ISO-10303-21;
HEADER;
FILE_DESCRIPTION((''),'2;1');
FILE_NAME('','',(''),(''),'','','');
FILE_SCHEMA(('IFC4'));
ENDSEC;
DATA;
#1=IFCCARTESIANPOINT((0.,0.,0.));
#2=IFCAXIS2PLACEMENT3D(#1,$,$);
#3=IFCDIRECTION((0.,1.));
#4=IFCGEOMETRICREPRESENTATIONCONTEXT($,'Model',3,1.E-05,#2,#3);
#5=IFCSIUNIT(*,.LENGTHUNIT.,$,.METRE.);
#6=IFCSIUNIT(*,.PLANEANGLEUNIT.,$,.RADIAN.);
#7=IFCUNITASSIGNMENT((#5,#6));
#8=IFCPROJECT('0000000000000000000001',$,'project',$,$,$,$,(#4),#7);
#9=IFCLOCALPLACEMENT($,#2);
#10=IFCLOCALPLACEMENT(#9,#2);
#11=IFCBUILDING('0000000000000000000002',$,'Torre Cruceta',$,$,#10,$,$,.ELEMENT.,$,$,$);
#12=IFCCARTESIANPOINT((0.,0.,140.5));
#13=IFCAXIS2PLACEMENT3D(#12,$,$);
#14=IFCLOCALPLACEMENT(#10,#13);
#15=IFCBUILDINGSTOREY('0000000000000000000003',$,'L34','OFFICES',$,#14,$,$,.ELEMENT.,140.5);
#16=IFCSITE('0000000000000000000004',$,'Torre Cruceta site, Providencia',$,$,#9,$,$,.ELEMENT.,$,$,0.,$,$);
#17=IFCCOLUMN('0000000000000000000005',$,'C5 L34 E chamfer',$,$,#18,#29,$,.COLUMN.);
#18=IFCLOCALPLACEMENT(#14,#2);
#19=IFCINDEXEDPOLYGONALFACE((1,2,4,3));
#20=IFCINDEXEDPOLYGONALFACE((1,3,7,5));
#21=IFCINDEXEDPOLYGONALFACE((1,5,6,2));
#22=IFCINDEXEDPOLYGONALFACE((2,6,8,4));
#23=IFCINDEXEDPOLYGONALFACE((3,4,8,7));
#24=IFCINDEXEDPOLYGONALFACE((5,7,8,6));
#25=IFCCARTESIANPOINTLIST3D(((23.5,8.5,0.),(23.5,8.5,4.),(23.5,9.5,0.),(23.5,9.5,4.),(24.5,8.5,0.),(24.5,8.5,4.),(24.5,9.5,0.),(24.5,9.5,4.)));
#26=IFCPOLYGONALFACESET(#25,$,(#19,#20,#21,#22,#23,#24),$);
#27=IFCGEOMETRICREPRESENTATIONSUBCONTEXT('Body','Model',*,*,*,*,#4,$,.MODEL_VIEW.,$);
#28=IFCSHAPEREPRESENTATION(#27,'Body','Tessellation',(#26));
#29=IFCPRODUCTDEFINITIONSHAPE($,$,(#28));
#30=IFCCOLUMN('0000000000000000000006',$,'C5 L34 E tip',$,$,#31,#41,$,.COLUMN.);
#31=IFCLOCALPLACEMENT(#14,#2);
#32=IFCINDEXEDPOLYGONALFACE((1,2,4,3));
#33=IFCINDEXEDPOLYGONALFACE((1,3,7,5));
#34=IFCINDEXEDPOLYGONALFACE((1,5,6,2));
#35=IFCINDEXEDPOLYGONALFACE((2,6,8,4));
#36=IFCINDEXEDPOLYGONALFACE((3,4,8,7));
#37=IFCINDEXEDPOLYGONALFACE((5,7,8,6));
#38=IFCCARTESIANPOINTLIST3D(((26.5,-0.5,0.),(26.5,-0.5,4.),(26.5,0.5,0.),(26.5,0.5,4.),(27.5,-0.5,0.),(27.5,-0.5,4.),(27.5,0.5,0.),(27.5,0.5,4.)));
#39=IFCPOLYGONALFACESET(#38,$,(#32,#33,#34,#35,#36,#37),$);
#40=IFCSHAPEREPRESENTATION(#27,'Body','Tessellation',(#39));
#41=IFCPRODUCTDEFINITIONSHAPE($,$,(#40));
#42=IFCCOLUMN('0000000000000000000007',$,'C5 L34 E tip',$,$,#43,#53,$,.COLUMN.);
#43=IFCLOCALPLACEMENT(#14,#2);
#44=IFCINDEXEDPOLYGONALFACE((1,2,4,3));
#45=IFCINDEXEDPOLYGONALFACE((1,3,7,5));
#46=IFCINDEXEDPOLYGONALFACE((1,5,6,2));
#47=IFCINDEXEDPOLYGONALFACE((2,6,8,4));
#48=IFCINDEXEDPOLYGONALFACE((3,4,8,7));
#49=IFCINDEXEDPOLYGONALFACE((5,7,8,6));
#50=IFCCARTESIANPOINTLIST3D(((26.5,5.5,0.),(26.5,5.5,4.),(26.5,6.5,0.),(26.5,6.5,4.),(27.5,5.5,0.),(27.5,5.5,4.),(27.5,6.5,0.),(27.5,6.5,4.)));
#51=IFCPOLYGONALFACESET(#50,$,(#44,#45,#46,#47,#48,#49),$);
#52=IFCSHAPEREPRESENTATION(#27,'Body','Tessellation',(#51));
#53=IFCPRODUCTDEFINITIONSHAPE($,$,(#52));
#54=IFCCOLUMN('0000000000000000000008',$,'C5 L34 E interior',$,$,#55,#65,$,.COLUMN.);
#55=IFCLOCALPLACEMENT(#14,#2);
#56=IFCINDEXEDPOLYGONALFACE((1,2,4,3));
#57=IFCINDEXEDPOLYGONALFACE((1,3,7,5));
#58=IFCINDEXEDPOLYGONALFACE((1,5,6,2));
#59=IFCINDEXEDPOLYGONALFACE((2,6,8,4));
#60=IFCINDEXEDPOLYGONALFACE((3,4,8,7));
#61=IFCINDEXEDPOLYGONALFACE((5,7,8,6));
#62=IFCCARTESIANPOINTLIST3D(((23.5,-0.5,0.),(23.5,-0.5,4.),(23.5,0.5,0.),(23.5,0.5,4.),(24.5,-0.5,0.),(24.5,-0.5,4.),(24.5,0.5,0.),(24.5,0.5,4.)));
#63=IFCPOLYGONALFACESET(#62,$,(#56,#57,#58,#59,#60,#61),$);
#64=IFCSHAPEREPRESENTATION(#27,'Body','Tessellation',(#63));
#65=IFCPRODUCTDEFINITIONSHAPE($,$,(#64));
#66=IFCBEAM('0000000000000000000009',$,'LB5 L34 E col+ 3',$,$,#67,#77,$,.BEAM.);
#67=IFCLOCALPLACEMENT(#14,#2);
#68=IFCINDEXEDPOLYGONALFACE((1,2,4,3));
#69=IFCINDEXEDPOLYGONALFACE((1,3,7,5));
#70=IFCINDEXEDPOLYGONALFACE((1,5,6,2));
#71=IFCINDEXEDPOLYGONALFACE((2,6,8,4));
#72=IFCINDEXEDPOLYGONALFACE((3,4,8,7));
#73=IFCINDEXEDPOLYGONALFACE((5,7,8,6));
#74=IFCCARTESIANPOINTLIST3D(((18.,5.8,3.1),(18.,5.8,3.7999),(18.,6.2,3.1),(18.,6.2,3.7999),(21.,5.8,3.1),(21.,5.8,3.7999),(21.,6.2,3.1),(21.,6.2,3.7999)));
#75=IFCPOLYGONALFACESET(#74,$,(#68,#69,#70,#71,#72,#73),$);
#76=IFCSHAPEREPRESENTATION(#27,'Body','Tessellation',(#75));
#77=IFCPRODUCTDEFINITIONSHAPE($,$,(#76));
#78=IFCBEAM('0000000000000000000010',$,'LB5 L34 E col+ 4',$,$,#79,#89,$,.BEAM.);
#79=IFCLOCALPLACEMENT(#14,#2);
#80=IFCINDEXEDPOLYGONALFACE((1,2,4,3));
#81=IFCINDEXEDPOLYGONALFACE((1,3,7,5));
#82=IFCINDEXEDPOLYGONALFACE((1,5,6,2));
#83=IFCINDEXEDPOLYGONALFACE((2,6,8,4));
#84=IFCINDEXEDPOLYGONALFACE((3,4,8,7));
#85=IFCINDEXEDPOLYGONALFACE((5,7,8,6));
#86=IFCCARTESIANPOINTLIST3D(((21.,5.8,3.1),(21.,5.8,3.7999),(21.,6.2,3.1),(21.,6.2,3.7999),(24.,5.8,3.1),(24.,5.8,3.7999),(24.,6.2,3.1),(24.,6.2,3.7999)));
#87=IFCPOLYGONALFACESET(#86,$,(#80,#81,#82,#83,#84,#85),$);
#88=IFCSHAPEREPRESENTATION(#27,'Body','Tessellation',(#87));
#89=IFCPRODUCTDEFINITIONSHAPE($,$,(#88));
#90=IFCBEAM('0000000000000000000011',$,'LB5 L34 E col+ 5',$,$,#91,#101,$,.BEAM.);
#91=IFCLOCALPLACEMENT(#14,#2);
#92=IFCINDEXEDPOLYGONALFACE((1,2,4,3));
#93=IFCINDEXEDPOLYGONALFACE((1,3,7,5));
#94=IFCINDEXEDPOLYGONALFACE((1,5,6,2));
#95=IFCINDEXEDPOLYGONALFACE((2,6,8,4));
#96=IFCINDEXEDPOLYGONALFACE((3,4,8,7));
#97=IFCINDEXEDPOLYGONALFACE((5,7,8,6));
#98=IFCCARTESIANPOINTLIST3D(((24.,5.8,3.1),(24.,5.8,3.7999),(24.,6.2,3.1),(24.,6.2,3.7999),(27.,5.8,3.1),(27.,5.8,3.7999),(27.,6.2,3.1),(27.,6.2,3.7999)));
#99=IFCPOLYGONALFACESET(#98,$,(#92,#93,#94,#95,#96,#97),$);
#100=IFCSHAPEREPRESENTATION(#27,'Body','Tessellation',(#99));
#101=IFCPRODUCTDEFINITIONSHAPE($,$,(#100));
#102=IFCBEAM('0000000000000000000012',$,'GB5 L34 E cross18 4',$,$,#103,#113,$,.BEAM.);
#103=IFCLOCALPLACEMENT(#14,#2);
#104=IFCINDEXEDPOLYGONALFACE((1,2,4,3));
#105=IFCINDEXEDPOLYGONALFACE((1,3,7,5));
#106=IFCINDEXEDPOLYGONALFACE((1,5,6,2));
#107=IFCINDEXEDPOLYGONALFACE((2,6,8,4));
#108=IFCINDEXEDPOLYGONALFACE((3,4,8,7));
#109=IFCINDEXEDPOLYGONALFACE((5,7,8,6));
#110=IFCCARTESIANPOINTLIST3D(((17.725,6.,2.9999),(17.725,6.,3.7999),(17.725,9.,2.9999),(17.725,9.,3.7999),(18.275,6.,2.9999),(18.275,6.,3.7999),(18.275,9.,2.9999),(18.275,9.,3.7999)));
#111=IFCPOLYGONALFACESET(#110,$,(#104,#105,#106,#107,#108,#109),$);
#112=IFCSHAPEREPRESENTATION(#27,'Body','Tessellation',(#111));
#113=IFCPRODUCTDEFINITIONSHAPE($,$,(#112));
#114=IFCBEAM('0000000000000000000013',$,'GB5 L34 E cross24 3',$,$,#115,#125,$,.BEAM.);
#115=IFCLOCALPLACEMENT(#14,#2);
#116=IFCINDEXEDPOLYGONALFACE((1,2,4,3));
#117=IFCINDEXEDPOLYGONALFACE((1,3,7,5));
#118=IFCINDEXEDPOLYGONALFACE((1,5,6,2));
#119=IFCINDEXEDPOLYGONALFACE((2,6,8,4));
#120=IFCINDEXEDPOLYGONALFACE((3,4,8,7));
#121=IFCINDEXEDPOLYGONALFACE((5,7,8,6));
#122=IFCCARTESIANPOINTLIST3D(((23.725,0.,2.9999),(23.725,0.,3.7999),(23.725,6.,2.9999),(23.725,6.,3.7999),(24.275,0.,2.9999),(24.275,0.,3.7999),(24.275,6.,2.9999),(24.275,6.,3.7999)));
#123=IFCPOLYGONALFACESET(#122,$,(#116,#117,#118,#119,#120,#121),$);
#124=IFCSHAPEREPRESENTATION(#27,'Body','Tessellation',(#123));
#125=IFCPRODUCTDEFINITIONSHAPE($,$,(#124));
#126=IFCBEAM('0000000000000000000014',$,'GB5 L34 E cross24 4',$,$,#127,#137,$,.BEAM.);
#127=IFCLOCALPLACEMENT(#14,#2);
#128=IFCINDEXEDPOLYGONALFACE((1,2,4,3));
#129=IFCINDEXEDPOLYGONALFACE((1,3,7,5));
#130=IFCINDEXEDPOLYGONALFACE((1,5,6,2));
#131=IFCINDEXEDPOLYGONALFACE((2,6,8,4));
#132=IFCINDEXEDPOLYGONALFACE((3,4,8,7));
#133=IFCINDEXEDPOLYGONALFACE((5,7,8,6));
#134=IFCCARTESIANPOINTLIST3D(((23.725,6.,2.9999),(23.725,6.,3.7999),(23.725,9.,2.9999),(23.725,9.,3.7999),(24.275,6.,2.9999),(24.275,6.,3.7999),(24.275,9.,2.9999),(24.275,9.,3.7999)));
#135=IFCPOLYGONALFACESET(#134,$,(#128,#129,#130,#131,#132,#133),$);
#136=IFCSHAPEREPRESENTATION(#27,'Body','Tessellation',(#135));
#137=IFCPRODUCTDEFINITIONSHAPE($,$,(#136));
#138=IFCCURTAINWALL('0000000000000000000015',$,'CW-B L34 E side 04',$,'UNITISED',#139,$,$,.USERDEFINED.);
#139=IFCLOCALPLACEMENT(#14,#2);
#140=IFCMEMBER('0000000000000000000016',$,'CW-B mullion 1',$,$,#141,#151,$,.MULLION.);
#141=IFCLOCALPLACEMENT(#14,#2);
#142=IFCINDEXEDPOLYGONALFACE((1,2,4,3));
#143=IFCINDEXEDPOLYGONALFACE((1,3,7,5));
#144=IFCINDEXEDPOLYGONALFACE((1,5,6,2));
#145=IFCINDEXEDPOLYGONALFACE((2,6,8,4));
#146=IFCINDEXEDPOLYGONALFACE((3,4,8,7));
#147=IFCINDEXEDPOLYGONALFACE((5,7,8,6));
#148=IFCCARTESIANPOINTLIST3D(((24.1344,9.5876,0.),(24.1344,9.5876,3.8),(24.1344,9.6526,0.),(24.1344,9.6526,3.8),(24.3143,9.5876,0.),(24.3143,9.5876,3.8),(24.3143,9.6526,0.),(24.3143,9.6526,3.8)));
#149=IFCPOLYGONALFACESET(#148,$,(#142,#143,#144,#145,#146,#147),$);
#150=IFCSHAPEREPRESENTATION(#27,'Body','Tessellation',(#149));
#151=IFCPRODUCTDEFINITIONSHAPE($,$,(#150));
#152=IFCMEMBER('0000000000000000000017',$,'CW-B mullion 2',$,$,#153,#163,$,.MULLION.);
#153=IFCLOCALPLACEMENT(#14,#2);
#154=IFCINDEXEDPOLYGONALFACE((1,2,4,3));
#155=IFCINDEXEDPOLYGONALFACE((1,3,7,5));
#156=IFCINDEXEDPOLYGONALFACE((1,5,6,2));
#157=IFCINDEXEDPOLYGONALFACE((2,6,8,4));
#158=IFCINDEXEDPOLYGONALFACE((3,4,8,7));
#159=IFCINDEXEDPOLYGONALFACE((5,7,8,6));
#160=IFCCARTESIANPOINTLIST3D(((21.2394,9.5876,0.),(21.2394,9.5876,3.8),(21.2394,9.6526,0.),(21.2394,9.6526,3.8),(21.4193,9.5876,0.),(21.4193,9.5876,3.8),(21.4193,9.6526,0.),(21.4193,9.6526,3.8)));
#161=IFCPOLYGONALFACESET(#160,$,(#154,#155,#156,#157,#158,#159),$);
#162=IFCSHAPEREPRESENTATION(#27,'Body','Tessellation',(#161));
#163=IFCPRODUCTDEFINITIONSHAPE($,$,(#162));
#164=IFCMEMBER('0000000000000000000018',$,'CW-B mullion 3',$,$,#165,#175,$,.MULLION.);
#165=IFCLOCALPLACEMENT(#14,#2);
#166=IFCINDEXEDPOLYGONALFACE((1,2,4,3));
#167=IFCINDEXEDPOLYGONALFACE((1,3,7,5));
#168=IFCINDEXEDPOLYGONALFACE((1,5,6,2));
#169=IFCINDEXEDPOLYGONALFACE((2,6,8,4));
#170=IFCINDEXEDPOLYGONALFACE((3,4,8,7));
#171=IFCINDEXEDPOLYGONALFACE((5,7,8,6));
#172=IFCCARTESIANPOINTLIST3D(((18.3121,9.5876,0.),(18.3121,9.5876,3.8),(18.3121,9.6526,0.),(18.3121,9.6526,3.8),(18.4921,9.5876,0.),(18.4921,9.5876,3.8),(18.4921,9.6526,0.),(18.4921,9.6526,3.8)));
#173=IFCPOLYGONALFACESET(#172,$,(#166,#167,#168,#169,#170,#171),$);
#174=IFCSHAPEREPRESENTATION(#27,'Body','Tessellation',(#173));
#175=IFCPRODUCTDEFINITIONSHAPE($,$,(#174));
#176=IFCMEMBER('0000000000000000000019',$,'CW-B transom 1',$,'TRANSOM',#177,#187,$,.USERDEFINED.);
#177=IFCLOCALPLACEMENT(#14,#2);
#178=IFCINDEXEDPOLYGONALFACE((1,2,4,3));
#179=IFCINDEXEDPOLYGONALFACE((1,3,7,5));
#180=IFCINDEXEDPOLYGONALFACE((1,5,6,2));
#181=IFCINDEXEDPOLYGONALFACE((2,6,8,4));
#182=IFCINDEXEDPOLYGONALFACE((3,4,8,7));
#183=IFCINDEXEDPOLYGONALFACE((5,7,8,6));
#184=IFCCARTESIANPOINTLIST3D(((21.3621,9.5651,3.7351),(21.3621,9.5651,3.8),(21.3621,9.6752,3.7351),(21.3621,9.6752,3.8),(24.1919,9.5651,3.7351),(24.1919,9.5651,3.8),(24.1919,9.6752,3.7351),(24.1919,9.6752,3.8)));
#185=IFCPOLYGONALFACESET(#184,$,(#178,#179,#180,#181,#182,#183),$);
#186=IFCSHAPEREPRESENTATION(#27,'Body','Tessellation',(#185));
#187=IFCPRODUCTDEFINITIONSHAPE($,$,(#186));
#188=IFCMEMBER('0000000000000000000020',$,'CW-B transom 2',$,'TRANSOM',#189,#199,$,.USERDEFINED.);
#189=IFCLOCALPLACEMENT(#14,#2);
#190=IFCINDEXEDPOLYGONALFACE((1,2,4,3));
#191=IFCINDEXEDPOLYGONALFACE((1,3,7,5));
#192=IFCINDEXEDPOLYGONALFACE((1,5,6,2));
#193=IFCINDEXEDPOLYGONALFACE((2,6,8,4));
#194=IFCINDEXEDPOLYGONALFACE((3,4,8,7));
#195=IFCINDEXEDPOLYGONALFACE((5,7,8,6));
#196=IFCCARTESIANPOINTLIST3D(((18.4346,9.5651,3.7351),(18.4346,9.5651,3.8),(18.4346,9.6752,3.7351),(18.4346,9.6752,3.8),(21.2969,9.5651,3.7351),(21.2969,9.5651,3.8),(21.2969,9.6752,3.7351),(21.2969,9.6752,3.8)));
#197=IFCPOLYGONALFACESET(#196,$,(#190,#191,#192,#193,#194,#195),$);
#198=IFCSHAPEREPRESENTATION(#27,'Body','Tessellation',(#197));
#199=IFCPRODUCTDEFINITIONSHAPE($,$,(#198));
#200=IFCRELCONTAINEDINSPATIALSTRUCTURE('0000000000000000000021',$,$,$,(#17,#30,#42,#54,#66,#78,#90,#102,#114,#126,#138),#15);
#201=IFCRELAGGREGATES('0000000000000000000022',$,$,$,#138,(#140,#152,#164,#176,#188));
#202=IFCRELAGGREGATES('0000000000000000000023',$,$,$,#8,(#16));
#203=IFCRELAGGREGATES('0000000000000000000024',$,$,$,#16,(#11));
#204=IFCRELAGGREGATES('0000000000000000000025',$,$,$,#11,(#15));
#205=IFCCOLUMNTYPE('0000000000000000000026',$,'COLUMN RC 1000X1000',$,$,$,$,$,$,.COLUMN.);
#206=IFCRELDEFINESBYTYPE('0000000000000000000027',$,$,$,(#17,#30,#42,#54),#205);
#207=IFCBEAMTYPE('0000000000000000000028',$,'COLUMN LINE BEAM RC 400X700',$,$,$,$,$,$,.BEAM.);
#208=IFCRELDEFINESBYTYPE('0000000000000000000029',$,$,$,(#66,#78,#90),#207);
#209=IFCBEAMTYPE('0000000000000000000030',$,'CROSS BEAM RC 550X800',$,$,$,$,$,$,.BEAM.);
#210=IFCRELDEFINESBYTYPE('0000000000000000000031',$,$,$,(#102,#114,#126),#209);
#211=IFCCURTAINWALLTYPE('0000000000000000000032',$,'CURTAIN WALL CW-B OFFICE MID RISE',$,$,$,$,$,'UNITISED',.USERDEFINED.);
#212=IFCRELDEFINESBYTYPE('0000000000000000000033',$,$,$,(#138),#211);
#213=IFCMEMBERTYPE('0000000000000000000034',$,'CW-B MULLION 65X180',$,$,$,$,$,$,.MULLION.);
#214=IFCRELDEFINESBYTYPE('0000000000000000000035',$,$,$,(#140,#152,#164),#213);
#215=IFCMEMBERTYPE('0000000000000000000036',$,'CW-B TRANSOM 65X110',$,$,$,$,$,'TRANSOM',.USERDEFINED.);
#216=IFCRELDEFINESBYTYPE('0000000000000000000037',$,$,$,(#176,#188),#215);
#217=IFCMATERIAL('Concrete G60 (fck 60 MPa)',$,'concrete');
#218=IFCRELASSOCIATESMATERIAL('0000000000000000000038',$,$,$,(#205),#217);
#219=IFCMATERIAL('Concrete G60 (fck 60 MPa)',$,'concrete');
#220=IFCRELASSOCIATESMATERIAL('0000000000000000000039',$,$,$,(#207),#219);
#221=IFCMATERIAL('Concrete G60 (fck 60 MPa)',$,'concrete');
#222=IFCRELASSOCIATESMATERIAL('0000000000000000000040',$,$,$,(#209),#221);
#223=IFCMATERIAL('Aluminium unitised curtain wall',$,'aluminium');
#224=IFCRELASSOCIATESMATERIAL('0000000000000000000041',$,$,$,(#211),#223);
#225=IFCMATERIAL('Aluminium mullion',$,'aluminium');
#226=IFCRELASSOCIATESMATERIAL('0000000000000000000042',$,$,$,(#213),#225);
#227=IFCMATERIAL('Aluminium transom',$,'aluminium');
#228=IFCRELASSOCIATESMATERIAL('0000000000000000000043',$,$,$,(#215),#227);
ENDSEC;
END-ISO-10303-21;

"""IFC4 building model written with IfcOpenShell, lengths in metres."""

from ifc_helpers import new_model, si_unit, direction, frame, origin, origin_2d, place, context, subcontext, project, spatial, rectangle, extrude, material, material_profile, profile_set, type_object, element, aggregate, save


model = new_model("IFC4")

# Units and contexts
model_context = context("Model", 3, precision=1e-05, world=origin(), true_north=direction((0.0, 1.0)))
body_context = subcontext(model_context, "Body", "Model", "MODEL_VIEW")
ifc_project = project(units=[si_unit("LENGTHUNIT", "METRE"), si_unit("PLANEANGLEUNIT", "RADIAN")], contexts=[model_context])

# Site, building, storey
site_placement = place(None, origin())
site = spatial("IfcSite", under=ifc_project, at=site_placement, Name="Torre Cruceta site, Providencia", CompositionType="ELEMENT", RefElevation=0.0)
building_placement = place(site_placement, origin())
building = spatial("IfcBuilding", under=site, at=building_placement, Name="Torre Cruceta", CompositionType="ELEMENT")
storey_placement = place(building_placement, frame((0.0, 0.0, 140.5)))
storey = spatial("IfcBuildingStorey", under=building, at=storey_placement, Name="L34", Description="OFFICES", CompositionType="ELEMENT", Elevation=140.5)

# Columns
ifc_material_1 = material(Name="Concrete G60 (fck 60 MPa)", Category="concrete")
ifc_material_profile_1 = material_profile(ifc_material_1, rectangle(XDim=1.0, YDim=1.0, at=origin_2d()), Name="RC 1000X1000")
ifc_profile_set_1 = profile_set([ifc_material_profile_1], Name="Concrete G60 (fck 60 MPa)")
column_type = type_object("IfcColumnType", Name="COLUMN RC 1000X1000", PredefinedType="COLUMN", material=ifc_profile_set_1)
for number, where, z_axis, x_axis, name in (
    (1, (24.0, 9.0, 0.0), (0.0, 0.0, 1.0), (1.0, 0.0, 0.0), "C5 L34 E chamfer"),
    (2, (27.0, 0.0, 0.0), (0.0, 0.0, 1.0), (1.0, 0.0, 0.0), "C5 L34 E tip"),
    (3, (27.0, 6.0, 0.0), (0.0, 0.0, 1.0), (1.0, 0.0, 0.0), "C5 L34 E tip"),
    (4, (24.0, 0.0, 0.0), (0.0, 0.0, 1.0), (1.0, 0.0, 0.0), "C5 L34 E interior"),
):
    element("IfcColumn", number, at=place(storey_placement, frame(where, z_axis=z_axis, x_axis=x_axis)), inside=storey, type_object=column_type, Name=name, PredefinedType="COLUMN", context=body_context, shape_type="SweptSolid", body=[
        extrude(rectangle(XDim=1.0, YDim=1.0, at=origin_2d()), origin(), (0.0, 0.0, 1.0), 4.0),
    ])

# Beams
ifc_material_2 = material(Name="Concrete G60 (fck 60 MPa)", Category="concrete")
ifc_material_profile_2 = material_profile(ifc_material_2, rectangle(XDim=0.3999, YDim=0.7, at=origin_2d()), Name="RC 400X700")
ifc_profile_set_2 = profile_set([ifc_material_profile_2], Name="Concrete G60 (fck 60 MPa)")
beam_type_1 = type_object("IfcBeamType", Name="COLUMN LINE BEAM RC 400X700", PredefinedType="BEAM", material=ifc_profile_set_2)
for number, where, z_axis, x_axis, name in (
    (5, (18.0, 6.0, 3.45), (1.0, 0.0, 0.0), (0.0, 1.0, 0.0), "LB5 L34 E col+ 3"),
    (6, (21.0, 6.0, 3.45), (1.0, 0.0, 0.0), (0.0, 1.0, 0.0), "LB5 L34 E col+ 4"),
    (7, (24.0, 6.0, 3.45), (1.0, 0.0, 0.0), (0.0, 1.0, 0.0), "LB5 L34 E col+ 5"),
):
    element("IfcBeam", number, at=place(storey_placement, frame(where, z_axis=z_axis, x_axis=x_axis)), inside=storey, type_object=beam_type_1, Name=name, PredefinedType="BEAM", context=body_context, shape_type="SweptSolid", body=[
        extrude(rectangle(XDim=0.3999, YDim=0.7, at=origin_2d()), origin(), (0.0, 0.0, 1.0), 3.0),
    ])
ifc_material_3 = material(Name="Concrete G60 (fck 60 MPa)", Category="concrete")
ifc_material_profile_3 = material_profile(ifc_material_3, rectangle(XDim=0.55, YDim=0.8, at=origin_2d()), Name="RC 550X800")
ifc_profile_set_3 = profile_set([ifc_material_profile_3], Name="Concrete G60 (fck 60 MPa)")
beam_type_2 = type_object("IfcBeamType", Name="CROSS BEAM RC 550X800", PredefinedType="BEAM", material=ifc_profile_set_3)
beam_1_placement = place(storey_placement, frame((18.0, 6.0, 3.3999), z_axis=(0.0, 1.0, 0.0), x_axis=(-1.0, 0.0, 0.0)))
element("IfcBeam", 8, at=beam_1_placement, inside=storey, type_object=beam_type_2, Name="GB5 L34 E cross18 4", PredefinedType="BEAM", context=body_context, shape_type="SweptSolid", body=[
    extrude(rectangle(XDim=0.55, YDim=0.8, at=origin_2d()), origin(), (0.0, 0.0, 1.0), 3.0),
])
beam_2_placement = place(storey_placement, frame((24.0, 0.0, 3.3999), z_axis=(0.0, 1.0, 0.0), x_axis=(-1.0, 0.0, 0.0)))
element("IfcBeam", 9, at=beam_2_placement, inside=storey, type_object=beam_type_2, Name="GB5 L34 E cross24 3", PredefinedType="BEAM", context=body_context, shape_type="SweptSolid", body=[
    extrude(rectangle(XDim=0.55, YDim=0.8, at=origin_2d()), origin(), (0.0, 0.0, 1.0), 6.0),
])
beam_3_placement = place(storey_placement, frame((24.0, 6.0, 3.3999), z_axis=(0.0, 1.0, 0.0), x_axis=(-1.0, 0.0, 0.0)))
element("IfcBeam", 10, at=beam_3_placement, inside=storey, type_object=beam_type_2, Name="GB5 L34 E cross24 4", PredefinedType="BEAM", context=body_context, shape_type="SweptSolid", body=[
    extrude(rectangle(XDim=0.55, YDim=0.8, at=origin_2d()), origin(), (0.0, 0.0, 1.0), 3.0),
])

# Curtain wall, members
ifc_material_4 = material(Name="Aluminium unitised curtain wall", Category="aluminium")
curtain_wall_type = type_object("IfcCurtainWallType", Name="CURTAIN WALL CW-B OFFICE MID RISE", ElementType="UNITISED", PredefinedType="USERDEFINED", material=ifc_material_4)
curtain_wall_placement = place(storey_placement, origin())
curtain_wall = element("IfcCurtainWall", 11, at=curtain_wall_placement, inside=storey, type_object=curtain_wall_type, Name="CW-B L34 E side 04", ObjectType="UNITISED", PredefinedType="USERDEFINED")
ifc_material_5 = material(Name="Aluminium mullion", Category="aluminium")
ifc_material_profile_4 = material_profile(ifc_material_5, rectangle(XDim=0.0649, YDim=0.1799, at=origin_2d()), Name="AL 65X180")
ifc_profile_set_4 = profile_set([ifc_material_profile_4], Name="Aluminium mullion")
member_type_1 = type_object("IfcMemberType", Name="CW-B MULLION 65X180", PredefinedType="MULLION", material=ifc_profile_set_4)
member_1_placement = place(storey_placement, frame((24.2244, 9.6201, 0.0), z_axis=(0.0, 0.0, 1.0), x_axis=(0.0, -1.0, 0.0)))
member_1 = element("IfcMember", 12, at=member_1_placement, type_object=member_type_1, Name="CW-B mullion 1", PredefinedType="MULLION", context=body_context, shape_type="SweptSolid", body=[
    extrude(rectangle(XDim=0.0649, YDim=0.1799, at=origin_2d()), origin(), (0.0, 0.0, 1.0), 3.8),
])
member_2_placement = place(storey_placement, frame((21.3293, 9.6201, 0.0), z_axis=(0.0, 0.0, 1.0), x_axis=(0.0, -1.0, 0.0)))
member_2 = element("IfcMember", 13, at=member_2_placement, type_object=member_type_1, Name="CW-B mullion 2", PredefinedType="MULLION", context=body_context, shape_type="SweptSolid", body=[
    extrude(rectangle(XDim=0.0649, YDim=0.1799, at=origin_2d()), origin(), (0.0, 0.0, 1.0), 3.8),
])
member_3_placement = place(storey_placement, frame((18.4021, 9.6201, 0.0), z_axis=(0.0, 0.0, 1.0), x_axis=(0.0, -1.0, 0.0)))
member_3 = element("IfcMember", 14, at=member_3_placement, type_object=member_type_1, Name="CW-B mullion 3", PredefinedType="MULLION", context=body_context, shape_type="SweptSolid", body=[
    extrude(rectangle(XDim=0.0649, YDim=0.1799, at=origin_2d()), origin(), (0.0, 0.0, 1.0), 3.8),
])
ifc_material_6 = material(Name="Aluminium transom", Category="aluminium")
ifc_material_profile_5 = material_profile(ifc_material_6, rectangle(XDim=0.1101, YDim=0.0649, at=origin_2d()), Name="AL 110X65")
ifc_profile_set_5 = profile_set([ifc_material_profile_5], Name="Aluminium transom")
member_type_2 = type_object("IfcMemberType", Name="CW-B TRANSOM 65X110", ElementType="TRANSOM", PredefinedType="USERDEFINED", material=ifc_profile_set_5)
member_4_placement = place(storey_placement, frame((24.1919, 9.6201, 3.7676), z_axis=(-1.0, 0.0, 0.0), x_axis=(0.0, -1.0, 0.0)))
member_4 = element("IfcMember", 15, at=member_4_placement, type_object=member_type_2, Name="CW-B transom 1", ObjectType="TRANSOM", PredefinedType="USERDEFINED", context=body_context, shape_type="SweptSolid", body=[
    extrude(rectangle(XDim=0.1101, YDim=0.0649, at=origin_2d()), origin(), (0.0, 0.0, 1.0), 2.8298),
])
member_5_placement = place(storey_placement, frame((21.2969, 9.6201, 3.7676), z_axis=(-1.0, 0.0, 0.0), x_axis=(0.0, -1.0, 0.0)))
member_5 = element("IfcMember", 16, at=member_5_placement, type_object=member_type_2, Name="CW-B transom 2", ObjectType="TRANSOM", PredefinedType="USERDEFINED", context=body_context, shape_type="SweptSolid", body=[
    extrude(rectangle(XDim=0.1101, YDim=0.0649, at=origin_2d()), origin(), (0.0, 0.0, 1.0), 2.8623),
])

aggregate(curtain_wall, [member_1, member_2, member_3, member_4, member_5])

save(model, "model.ifc")
